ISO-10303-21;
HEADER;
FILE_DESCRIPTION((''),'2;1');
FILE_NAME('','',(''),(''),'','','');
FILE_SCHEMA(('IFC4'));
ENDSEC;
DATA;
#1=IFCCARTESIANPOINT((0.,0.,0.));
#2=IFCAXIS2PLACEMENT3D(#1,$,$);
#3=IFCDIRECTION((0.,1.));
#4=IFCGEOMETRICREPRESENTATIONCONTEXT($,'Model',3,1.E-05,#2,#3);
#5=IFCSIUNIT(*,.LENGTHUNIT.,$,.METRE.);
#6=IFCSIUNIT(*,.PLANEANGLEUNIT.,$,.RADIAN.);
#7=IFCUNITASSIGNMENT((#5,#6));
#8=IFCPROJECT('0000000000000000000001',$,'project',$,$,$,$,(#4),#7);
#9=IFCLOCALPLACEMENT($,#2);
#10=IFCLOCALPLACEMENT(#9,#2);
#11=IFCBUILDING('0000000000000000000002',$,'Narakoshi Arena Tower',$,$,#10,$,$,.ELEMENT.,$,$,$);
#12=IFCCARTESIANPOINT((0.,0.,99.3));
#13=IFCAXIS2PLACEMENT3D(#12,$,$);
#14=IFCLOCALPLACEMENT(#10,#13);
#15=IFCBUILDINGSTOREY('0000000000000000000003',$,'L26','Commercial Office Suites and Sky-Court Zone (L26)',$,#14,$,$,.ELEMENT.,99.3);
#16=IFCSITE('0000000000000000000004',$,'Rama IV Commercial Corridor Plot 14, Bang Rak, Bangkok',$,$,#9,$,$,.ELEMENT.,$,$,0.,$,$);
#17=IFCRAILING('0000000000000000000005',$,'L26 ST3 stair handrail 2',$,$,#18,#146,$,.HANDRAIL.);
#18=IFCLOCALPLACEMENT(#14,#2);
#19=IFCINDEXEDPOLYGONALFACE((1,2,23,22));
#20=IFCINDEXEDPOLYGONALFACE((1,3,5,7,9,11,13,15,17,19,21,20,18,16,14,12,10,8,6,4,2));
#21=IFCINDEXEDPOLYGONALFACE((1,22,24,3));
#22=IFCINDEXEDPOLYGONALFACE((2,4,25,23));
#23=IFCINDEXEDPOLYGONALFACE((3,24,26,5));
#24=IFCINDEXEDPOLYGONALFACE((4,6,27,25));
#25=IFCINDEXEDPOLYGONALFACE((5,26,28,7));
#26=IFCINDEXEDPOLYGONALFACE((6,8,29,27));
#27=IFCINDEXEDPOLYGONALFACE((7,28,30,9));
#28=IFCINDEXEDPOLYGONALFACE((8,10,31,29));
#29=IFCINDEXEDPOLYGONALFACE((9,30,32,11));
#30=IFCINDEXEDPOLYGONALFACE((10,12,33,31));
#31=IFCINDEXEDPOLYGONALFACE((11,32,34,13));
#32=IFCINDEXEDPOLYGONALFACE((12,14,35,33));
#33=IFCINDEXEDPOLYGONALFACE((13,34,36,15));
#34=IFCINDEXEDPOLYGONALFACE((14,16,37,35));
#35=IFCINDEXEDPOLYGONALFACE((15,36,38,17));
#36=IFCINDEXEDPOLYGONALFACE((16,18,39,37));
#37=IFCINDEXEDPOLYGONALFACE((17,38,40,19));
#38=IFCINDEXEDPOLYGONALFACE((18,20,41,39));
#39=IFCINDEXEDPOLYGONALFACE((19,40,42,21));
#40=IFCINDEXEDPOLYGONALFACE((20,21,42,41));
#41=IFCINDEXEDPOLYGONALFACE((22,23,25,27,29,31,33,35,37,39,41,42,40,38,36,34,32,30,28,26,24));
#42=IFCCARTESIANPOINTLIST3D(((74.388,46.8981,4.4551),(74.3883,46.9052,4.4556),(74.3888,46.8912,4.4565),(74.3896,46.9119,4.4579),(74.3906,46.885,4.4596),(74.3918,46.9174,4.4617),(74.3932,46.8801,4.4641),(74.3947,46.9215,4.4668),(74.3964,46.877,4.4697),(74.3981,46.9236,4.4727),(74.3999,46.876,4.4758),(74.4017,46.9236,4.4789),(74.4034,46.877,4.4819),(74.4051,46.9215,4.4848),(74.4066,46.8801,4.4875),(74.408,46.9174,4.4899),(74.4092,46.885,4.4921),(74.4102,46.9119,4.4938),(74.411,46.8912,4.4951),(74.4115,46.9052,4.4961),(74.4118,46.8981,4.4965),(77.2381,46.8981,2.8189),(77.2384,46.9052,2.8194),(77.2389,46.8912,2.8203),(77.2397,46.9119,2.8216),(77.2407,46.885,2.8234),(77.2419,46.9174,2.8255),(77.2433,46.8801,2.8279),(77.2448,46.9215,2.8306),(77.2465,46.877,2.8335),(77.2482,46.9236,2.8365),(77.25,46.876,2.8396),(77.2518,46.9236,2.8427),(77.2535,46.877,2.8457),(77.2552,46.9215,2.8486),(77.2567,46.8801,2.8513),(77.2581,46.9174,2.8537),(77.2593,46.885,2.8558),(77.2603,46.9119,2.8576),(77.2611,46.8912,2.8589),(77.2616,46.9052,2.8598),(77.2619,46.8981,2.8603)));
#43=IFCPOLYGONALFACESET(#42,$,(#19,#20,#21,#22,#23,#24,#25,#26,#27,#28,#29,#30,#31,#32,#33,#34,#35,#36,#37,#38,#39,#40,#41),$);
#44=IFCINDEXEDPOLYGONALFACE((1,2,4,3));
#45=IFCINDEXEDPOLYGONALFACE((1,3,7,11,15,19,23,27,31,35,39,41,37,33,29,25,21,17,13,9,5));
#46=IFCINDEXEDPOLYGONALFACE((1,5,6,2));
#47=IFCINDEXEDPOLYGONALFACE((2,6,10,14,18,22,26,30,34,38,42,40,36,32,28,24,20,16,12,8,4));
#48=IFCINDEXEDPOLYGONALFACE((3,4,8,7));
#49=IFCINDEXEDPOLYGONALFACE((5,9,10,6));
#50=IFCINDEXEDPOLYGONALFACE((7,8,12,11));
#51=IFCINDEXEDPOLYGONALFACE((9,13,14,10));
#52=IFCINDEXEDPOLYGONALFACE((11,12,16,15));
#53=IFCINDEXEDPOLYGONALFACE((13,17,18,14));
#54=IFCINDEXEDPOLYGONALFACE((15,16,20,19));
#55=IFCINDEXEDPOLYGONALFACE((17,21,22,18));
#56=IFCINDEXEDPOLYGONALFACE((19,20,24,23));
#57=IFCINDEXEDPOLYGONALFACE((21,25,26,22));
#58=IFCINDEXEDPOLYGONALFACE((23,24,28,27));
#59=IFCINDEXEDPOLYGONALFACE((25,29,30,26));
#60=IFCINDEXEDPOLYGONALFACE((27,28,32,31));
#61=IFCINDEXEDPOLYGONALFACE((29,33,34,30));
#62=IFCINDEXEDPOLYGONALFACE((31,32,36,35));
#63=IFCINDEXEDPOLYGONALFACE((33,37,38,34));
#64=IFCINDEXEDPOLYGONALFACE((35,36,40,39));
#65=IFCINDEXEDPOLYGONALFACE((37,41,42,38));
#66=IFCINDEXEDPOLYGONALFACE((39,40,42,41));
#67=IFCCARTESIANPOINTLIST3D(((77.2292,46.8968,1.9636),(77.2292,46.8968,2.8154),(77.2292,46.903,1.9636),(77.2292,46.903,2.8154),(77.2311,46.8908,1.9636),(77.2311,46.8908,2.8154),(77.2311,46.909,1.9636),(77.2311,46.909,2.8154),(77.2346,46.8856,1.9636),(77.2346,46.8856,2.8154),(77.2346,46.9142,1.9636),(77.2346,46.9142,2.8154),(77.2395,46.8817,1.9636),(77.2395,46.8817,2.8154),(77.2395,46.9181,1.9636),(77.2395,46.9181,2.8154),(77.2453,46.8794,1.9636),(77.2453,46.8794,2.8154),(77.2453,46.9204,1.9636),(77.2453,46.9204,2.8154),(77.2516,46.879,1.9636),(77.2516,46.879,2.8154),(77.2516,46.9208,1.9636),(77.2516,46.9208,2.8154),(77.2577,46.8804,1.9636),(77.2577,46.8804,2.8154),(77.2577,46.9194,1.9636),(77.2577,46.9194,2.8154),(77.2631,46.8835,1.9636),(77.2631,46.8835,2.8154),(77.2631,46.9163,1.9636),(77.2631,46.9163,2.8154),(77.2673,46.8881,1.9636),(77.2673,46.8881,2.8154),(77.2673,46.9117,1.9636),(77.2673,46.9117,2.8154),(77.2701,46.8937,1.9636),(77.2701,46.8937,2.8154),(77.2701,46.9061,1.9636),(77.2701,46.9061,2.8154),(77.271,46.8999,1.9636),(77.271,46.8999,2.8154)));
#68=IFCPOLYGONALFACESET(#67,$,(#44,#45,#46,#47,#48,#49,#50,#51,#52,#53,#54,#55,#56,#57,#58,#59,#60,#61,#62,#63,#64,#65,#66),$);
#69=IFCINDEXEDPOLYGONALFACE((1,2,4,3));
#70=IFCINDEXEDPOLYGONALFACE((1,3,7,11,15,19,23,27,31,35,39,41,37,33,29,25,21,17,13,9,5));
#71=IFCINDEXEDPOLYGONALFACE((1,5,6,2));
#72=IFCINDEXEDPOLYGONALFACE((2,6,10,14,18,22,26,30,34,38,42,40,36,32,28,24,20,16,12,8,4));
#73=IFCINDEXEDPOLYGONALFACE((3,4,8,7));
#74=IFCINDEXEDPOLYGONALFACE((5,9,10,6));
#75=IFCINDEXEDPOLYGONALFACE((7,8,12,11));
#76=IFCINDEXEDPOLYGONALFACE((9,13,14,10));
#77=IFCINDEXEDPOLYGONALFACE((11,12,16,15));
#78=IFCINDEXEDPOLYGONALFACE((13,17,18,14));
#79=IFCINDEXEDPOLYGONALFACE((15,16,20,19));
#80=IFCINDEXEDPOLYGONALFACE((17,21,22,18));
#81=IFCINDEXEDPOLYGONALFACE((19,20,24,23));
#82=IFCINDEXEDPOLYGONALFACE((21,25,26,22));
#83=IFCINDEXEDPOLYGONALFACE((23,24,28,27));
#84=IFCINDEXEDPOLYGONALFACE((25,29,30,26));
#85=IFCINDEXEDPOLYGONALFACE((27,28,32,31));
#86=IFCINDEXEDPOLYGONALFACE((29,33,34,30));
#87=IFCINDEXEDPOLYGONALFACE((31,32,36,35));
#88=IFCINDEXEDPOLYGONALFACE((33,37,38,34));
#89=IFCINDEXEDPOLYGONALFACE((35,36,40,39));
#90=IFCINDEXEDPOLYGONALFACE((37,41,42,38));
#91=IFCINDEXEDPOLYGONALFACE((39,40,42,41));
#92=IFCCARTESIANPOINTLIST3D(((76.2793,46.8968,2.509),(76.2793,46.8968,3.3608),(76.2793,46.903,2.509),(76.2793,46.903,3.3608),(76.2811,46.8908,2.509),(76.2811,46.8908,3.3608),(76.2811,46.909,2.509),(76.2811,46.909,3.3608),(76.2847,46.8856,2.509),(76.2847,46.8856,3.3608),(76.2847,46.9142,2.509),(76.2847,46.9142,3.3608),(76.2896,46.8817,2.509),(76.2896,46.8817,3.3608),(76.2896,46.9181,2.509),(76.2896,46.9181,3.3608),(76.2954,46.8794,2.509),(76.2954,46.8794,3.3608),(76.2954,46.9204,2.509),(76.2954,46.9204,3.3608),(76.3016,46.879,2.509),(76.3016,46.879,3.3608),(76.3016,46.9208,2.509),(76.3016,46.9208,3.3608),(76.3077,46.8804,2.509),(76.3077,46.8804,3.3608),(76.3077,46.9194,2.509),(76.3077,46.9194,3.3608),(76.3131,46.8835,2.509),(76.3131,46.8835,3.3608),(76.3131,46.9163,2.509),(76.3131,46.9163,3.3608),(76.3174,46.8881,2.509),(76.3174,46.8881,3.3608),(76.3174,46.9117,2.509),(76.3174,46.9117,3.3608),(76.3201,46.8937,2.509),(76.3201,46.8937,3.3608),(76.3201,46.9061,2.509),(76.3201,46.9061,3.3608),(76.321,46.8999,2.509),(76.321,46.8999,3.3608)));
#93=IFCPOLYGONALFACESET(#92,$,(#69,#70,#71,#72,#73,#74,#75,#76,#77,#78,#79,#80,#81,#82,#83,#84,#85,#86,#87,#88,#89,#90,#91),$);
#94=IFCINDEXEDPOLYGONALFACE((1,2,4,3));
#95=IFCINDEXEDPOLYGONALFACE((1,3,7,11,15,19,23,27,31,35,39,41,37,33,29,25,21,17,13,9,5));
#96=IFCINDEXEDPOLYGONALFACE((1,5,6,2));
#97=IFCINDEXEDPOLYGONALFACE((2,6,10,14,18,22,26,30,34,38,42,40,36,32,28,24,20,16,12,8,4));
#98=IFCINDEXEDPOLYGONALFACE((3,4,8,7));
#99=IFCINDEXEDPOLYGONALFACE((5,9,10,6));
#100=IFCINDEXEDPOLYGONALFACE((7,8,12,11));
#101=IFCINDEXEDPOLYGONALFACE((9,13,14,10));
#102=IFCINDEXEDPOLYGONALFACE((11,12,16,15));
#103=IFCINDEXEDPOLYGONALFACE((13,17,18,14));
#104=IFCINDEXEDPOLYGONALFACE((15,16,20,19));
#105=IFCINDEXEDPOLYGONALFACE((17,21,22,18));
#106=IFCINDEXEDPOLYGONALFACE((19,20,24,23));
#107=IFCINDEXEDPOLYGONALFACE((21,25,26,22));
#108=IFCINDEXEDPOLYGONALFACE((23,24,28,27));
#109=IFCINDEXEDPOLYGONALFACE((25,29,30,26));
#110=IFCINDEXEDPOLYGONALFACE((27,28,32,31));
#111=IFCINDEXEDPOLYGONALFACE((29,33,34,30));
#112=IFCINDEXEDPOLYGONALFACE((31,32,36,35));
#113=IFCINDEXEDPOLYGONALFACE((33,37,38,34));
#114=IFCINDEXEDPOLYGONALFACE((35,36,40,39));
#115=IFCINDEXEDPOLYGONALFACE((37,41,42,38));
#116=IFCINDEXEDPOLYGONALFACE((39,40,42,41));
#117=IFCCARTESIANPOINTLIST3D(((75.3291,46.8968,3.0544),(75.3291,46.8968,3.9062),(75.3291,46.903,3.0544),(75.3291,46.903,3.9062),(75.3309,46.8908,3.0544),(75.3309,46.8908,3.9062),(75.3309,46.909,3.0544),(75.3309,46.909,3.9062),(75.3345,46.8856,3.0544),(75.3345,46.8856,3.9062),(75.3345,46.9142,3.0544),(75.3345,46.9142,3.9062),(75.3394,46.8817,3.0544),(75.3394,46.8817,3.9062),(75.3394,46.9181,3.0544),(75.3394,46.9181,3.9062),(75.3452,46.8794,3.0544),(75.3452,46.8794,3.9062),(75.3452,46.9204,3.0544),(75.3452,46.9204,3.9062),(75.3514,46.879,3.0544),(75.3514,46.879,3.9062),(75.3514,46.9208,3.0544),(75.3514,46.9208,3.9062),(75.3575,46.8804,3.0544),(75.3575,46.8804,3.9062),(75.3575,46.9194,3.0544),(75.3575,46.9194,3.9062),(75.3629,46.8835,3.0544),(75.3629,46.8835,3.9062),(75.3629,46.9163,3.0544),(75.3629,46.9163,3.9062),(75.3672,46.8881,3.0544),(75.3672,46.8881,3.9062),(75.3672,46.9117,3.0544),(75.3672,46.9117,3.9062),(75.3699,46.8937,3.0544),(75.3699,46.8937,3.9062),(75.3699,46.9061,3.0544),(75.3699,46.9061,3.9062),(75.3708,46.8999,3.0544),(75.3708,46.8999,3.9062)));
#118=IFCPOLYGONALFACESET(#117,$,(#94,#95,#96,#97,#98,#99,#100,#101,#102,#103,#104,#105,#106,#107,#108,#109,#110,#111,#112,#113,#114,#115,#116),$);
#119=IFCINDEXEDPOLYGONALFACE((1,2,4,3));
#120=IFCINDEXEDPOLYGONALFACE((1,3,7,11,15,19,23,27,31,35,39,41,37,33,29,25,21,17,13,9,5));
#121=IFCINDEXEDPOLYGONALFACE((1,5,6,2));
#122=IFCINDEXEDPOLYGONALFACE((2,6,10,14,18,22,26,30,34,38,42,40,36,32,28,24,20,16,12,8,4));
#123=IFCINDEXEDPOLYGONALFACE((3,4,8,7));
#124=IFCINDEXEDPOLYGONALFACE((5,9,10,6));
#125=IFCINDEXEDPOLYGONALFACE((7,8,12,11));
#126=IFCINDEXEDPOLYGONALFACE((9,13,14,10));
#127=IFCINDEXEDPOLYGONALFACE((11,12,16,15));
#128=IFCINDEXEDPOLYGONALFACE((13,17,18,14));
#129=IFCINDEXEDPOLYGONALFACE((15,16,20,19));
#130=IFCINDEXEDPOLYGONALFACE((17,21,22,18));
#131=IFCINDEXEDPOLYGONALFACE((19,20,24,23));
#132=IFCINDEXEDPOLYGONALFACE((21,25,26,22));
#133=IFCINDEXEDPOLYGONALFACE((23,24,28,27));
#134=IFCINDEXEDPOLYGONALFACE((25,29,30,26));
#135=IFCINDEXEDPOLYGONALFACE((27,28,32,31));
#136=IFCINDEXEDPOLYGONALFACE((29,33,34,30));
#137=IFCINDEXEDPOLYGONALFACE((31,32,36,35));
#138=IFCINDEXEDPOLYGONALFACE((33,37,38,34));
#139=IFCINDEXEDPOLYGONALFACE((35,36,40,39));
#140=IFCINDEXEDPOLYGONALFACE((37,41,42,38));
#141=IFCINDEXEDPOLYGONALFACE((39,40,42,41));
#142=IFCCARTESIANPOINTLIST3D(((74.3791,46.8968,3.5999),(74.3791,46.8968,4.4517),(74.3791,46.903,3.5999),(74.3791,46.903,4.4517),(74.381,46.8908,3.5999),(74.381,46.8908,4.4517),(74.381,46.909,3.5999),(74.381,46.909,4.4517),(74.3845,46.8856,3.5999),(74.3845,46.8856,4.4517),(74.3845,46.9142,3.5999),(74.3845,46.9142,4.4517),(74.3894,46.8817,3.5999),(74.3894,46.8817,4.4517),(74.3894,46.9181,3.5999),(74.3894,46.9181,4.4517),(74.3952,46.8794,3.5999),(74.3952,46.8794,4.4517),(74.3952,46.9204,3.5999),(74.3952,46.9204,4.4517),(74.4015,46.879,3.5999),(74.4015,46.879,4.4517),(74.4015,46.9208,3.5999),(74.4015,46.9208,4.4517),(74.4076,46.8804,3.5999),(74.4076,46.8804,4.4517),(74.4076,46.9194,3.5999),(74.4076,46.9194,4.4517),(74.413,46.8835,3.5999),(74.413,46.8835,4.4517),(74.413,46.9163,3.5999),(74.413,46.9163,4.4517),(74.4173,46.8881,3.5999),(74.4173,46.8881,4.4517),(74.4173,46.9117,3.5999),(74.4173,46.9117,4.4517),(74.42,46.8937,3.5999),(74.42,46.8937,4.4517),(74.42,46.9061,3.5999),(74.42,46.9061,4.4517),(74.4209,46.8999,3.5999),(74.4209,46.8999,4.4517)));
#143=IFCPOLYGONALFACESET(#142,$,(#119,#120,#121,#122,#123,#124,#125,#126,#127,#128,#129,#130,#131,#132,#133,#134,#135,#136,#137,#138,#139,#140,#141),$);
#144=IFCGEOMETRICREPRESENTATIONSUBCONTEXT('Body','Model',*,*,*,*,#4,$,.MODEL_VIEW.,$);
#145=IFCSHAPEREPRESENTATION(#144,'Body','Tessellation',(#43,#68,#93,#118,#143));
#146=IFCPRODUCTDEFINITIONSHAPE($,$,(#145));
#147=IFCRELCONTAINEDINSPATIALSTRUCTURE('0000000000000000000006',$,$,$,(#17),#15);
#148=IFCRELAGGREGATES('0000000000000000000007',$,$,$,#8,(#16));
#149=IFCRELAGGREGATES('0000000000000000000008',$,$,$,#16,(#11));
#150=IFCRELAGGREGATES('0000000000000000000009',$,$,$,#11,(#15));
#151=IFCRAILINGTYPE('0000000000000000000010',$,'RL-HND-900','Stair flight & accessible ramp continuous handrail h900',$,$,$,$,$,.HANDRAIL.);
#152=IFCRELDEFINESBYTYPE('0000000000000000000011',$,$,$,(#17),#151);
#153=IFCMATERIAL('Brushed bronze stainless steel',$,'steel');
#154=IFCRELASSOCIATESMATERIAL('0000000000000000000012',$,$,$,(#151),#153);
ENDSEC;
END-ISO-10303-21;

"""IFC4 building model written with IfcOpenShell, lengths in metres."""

from ifc_helpers import new_model, si_unit, direction, frame, origin, origin_2d, place, context, subcontext, project, spatial, circle, extrude, material, type_object, element, save


model = new_model("IFC4")

# Units and contexts
model_context = context("Model", 3, precision=1e-05, world=origin(), true_north=direction((0.0, 1.0)))
body_context = subcontext(model_context, "Body", "Model", "MODEL_VIEW")
ifc_project = project(units=[si_unit("LENGTHUNIT", "METRE"), si_unit("PLANEANGLEUNIT", "RADIAN")], contexts=[model_context])

# Site, building, storey
site_placement = place(None, origin())
site = spatial("IfcSite", under=ifc_project, at=site_placement, Name="Rama IV Commercial Corridor Plot 14, Bang Rak, Bangkok", CompositionType="ELEMENT", RefElevation=0.0)
building_placement = place(site_placement, origin())
building = spatial("IfcBuilding", under=site, at=building_placement, Name="Narakoshi Arena Tower", CompositionType="ELEMENT")
storey_placement = place(building_placement, frame((0.0, 0.0, 99.3)))
storey = spatial("IfcBuildingStorey", under=building, at=storey_placement, Name="L26", Description="Commercial Office Suites and Sky-Court Zone (L26)", CompositionType="ELEMENT", Elevation=99.3)

# Railing
ifc_material_1 = material(Name="Brushed bronze stainless steel", Category="steel")
railing_type_1 = type_object("IfcRailingType", Name="RL-HND-900", Description="Stair flight & accessible ramp continuous handrail h900", PredefinedType="HANDRAIL", material=ifc_material_1)
railing_1_placement = place(storey_placement, frame((77.25, 46.8999, 1.9636)))
element("IfcRailing", 1, at=railing_1_placement, inside=storey, type_object=railing_type_1, Name="L26 ST3 stair handrail 2", PredefinedType="HANDRAIL", context=body_context, shape_type="SweptSolid", body=[
    extrude(circle(Radius=0.0239, at=origin_2d()), frame((0.0, 0.0, 0.876), z_axis=(-0.867245, 0.0, 0.497882), x_axis=(0.0, -1.0, 0.0)), (0.0, 0.0, 1.0), 3.2864),
    extrude(circle(Radius=0.021, at=origin_2d()), origin(), (0.0, 0.0, 1.0), 0.8518),
    extrude(circle(Radius=0.021, at=origin_2d()), frame((-0.95, 0.0, 0.5454)), (0.0, 0.0, 1.0), 0.8518),
    extrude(circle(Radius=0.021, at=origin_2d()), frame((-1.9001, 0.0, 1.0908)), (0.0, 0.0, 1.0), 0.8518),
    extrude(circle(Radius=0.021, at=origin_2d()), frame((-2.8501, 0.0, 1.6362)), (0.0, 0.0, 1.0), 0.8518),
])

save(model, "model.ifc")
